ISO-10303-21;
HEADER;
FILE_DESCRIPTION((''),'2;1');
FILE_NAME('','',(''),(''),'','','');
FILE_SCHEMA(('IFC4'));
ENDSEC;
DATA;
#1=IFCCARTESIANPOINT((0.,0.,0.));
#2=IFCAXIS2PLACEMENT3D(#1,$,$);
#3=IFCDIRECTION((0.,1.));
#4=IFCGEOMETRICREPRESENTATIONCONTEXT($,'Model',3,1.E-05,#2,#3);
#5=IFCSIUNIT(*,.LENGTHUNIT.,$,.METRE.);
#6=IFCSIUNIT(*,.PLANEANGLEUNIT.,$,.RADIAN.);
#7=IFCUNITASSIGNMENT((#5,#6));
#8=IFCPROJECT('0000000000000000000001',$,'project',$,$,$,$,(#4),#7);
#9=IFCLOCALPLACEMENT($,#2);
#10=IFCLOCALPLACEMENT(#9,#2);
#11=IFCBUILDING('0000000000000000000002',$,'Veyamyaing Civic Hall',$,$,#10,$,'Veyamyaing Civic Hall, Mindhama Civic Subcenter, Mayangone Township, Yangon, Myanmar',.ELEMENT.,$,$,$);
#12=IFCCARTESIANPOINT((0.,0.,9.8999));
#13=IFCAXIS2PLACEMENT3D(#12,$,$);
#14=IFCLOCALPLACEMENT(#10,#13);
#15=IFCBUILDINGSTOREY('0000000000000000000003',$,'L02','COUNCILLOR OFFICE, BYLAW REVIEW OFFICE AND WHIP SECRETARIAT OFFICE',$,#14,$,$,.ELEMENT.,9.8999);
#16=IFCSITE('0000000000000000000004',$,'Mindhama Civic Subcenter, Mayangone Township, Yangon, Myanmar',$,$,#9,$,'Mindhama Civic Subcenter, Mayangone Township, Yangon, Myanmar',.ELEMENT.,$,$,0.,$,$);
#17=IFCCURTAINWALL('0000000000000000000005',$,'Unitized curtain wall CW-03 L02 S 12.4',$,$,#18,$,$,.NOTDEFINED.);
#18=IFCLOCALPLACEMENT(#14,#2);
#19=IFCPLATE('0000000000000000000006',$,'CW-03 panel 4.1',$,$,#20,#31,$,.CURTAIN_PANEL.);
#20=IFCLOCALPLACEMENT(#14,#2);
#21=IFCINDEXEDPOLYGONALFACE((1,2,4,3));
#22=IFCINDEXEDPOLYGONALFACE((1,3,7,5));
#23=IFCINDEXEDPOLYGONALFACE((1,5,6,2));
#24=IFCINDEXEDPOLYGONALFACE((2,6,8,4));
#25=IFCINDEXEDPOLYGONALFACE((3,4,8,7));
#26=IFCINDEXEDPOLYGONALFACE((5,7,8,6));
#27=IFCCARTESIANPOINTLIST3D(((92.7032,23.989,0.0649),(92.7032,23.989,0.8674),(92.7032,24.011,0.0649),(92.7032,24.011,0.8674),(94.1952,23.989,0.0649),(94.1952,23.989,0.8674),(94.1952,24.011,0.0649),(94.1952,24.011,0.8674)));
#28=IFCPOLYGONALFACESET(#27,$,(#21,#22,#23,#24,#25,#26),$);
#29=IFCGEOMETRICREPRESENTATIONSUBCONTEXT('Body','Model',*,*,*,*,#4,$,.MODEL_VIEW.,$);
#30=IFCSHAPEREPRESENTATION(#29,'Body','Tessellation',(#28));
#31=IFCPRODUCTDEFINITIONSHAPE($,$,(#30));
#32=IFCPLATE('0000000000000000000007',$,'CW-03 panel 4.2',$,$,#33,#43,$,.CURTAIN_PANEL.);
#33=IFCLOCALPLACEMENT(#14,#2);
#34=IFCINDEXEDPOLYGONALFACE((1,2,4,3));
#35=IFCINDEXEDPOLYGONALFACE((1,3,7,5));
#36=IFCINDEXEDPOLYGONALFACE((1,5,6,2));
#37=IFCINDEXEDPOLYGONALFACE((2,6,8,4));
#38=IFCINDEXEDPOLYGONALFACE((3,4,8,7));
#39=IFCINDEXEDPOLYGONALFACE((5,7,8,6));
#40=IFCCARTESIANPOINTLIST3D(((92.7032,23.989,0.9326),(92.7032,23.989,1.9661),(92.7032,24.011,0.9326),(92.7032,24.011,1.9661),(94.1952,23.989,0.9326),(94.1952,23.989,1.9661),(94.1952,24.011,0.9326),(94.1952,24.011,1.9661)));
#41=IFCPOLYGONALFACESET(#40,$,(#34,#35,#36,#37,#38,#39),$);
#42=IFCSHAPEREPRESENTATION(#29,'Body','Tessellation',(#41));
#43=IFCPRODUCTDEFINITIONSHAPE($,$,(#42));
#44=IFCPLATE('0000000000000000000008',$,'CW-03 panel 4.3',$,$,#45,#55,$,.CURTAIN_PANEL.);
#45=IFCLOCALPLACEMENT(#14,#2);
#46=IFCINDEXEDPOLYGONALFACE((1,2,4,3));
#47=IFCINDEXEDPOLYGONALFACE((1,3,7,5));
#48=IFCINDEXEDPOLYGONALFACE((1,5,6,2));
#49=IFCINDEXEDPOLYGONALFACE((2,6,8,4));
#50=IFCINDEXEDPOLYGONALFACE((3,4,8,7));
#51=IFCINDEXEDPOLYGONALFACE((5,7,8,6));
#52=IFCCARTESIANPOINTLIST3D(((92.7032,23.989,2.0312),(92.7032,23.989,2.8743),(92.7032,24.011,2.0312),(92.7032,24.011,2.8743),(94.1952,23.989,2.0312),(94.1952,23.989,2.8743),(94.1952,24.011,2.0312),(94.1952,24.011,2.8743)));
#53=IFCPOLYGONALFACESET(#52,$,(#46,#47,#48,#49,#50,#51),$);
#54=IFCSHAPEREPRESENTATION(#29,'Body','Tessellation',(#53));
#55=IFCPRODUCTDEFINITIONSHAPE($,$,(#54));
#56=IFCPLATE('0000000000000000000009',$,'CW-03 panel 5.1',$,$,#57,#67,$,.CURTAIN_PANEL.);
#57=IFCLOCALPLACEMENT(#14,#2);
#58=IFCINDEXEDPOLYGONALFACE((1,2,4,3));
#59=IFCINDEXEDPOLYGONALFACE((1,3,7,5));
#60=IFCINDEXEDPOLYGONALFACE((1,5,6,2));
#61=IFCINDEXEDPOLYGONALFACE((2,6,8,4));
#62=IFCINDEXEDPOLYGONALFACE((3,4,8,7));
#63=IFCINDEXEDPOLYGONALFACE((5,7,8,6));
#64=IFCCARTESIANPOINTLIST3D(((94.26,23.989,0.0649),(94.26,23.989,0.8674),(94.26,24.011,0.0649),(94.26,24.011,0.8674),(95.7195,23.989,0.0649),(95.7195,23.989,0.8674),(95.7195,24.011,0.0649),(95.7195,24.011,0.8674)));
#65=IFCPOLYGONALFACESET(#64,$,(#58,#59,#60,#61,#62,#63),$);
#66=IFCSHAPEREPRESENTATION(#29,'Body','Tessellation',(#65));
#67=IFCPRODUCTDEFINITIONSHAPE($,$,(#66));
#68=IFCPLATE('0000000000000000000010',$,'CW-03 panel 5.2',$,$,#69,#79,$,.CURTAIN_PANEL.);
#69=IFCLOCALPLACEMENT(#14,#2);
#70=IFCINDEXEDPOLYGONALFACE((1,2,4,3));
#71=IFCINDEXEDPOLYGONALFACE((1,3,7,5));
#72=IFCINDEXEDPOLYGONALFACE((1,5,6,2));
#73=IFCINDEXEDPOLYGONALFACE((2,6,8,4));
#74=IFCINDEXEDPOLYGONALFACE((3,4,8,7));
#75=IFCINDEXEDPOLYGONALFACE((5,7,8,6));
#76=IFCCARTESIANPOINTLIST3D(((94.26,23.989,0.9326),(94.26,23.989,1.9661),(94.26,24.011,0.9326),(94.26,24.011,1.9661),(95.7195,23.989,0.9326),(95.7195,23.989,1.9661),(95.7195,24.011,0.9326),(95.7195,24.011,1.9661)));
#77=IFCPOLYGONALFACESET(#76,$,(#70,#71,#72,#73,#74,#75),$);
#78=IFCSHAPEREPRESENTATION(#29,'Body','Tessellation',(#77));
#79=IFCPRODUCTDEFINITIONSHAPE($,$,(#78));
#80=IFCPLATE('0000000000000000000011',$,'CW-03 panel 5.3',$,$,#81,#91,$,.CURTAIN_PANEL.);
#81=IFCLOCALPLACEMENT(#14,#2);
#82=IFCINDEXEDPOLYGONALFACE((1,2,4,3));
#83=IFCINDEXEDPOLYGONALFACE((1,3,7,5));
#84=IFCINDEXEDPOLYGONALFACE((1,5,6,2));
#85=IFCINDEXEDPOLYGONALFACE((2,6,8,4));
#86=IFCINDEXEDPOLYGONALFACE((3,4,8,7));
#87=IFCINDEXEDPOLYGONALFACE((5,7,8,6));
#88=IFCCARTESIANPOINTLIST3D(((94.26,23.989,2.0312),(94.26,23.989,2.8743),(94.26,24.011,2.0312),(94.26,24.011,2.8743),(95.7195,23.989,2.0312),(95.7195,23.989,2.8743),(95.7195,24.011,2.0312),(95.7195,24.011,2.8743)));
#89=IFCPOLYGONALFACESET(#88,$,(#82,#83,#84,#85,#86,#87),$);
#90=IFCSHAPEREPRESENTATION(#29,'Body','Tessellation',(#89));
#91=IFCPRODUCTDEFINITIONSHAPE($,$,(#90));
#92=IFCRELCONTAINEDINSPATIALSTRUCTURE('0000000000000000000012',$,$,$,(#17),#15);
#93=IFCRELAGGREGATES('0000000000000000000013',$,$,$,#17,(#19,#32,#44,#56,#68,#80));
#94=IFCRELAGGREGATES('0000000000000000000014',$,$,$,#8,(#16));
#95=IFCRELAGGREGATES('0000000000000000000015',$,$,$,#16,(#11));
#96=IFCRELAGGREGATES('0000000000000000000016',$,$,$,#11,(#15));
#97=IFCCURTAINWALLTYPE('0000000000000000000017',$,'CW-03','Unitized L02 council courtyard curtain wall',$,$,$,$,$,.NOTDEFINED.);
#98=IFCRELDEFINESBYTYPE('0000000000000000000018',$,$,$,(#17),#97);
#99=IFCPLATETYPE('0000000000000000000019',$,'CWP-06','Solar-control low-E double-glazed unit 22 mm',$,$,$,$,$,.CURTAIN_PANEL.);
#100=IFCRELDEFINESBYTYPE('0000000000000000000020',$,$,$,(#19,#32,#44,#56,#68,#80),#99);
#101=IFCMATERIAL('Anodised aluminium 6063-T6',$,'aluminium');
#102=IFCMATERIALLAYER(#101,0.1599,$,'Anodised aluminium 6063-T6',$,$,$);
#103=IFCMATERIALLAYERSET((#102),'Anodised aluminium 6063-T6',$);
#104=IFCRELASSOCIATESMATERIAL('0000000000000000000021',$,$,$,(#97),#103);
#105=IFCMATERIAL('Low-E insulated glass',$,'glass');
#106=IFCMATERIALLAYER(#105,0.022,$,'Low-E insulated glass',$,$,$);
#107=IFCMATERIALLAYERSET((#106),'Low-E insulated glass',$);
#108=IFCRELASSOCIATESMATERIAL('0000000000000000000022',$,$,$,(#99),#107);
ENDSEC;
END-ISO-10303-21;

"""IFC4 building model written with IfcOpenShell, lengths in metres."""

from ifc_helpers import new_model, si_unit, direction, frame, origin, origin_2d, place, context, subcontext, project, spatial, rectangle, extrude, material, layer, layer_set, type_object, element, aggregate, save


model = new_model("IFC4")

# Units and contexts
model_context = context("Model", 3, precision=1e-05, world=origin(), true_north=direction((0.0, 1.0)))
body_context = subcontext(model_context, "Body", "Model", "MODEL_VIEW")
ifc_project = project(units=[si_unit("LENGTHUNIT", "METRE"), si_unit("PLANEANGLEUNIT", "RADIAN")], contexts=[model_context])

# Site, building, storey
site_placement = place(None, origin())
site = spatial("IfcSite", under=ifc_project, at=site_placement, Name="Mindhama Civic Subcenter, Mayangone Township, Yangon, Myanmar", LongName="Mindhama Civic Subcenter, Mayangone Township, Yangon, Myanmar", CompositionType="ELEMENT", RefElevation=0.0)
building_placement = place(site_placement, origin())
building = spatial("IfcBuilding", under=site, at=building_placement, Name="Veyamyaing Civic Hall", LongName="Veyamyaing Civic Hall, Mindhama Civic Subcenter, Mayangone Township, Yangon, Myanmar", CompositionType="ELEMENT")
storey_placement = place(building_placement, frame((0.0, 0.0, 9.8999)))
storey = spatial("IfcBuildingStorey", under=building, at=storey_placement, Name="L02", Description="COUNCILLOR OFFICE, BYLAW REVIEW OFFICE AND WHIP SECRETARIAT OFFICE", CompositionType="ELEMENT", Elevation=9.8999)

# Curtain wall, plates
ifc_material_1 = material(Name="Anodised aluminium 6063-T6", Category="aluminium")
ifc_layer_1 = layer(ifc_material_1, 0.1599, Name="Anodised aluminium 6063-T6")
ifc_layer_set_1 = layer_set([ifc_layer_1], Name="Anodised aluminium 6063-T6")
curtain_wall_type = type_object("IfcCurtainWallType", Name="CW-03", Description="Unitized L02 council courtyard curtain wall", PredefinedType="NOTDEFINED", material=ifc_layer_set_1)
curtain_wall_placement = place(storey_placement, origin())
curtain_wall = element("IfcCurtainWall", 1, at=curtain_wall_placement, inside=storey, type_object=curtain_wall_type, Name="Unitized curtain wall CW-03 L02 S 12.4", PredefinedType="NOTDEFINED")
ifc_material_2 = material(Name="Low-E insulated glass", Category="glass")
ifc_layer_2 = layer(ifc_material_2, 0.022, Name="Low-E insulated glass")
ifc_layer_set_2 = layer_set([ifc_layer_2], Name="Low-E insulated glass")
plate_type = type_object("IfcPlateType", Name="CWP-06", Description="Solar-control low-E double-glazed unit 22 mm", PredefinedType="CURTAIN_PANEL", material=ifc_layer_set_2)
plate_1_placement = place(storey_placement, frame((93.4492, 24.0, 0.0649), z_axis=(0.0, 0.0, 1.0), x_axis=(1.0, 0.0, 0.0)))
plate_1 = element("IfcPlate", 2, at=plate_1_placement, type_object=plate_type, Name="CW-03 panel 4.1", PredefinedType="CURTAIN_PANEL", context=body_context, shape_type="SweptSolid", body=[
    extrude(rectangle(XDim=1.4919, YDim=0.022, at=origin_2d()), origin(), (0.0, 0.0, 1.0), 0.8025),
])
plate_2_placement = place(storey_placement, frame((93.4492, 24.0, 0.9326), z_axis=(0.0, 0.0, 1.0), x_axis=(1.0, 0.0, 0.0)))
plate_2 = element("IfcPlate", 3, at=plate_2_placement, type_object=plate_type, Name="CW-03 panel 4.2", PredefinedType="CURTAIN_PANEL", context=body_context, shape_type="SweptSolid", body=[
    extrude(rectangle(XDim=1.4919, YDim=0.022, at=origin_2d()), origin(), (0.0, 0.0, 1.0), 1.0334),
])
plate_3_placement = place(storey_placement, frame((93.4492, 24.0, 2.0312), z_axis=(0.0, 0.0, 1.0), x_axis=(1.0, 0.0, 0.0)))
plate_3 = element("IfcPlate", 4, at=plate_3_placement, type_object=plate_type, Name="CW-03 panel 4.3", PredefinedType="CURTAIN_PANEL", context=body_context, shape_type="SweptSolid", body=[
    extrude(rectangle(XDim=1.4919, YDim=0.022, at=origin_2d()), origin(), (0.0, 0.0, 1.0), 0.843),
])
plate_4_placement = place(storey_placement, frame((94.9897, 24.0, 0.0649), z_axis=(0.0, 0.0, 1.0), x_axis=(1.0, 0.0, 0.0)))
plate_4 = element("IfcPlate", 5, at=plate_4_placement, type_object=plate_type, Name="CW-03 panel 5.1", PredefinedType="CURTAIN_PANEL", context=body_context, shape_type="SweptSolid", body=[
    extrude(rectangle(XDim=1.4595, YDim=0.022, at=origin_2d()), origin(), (0.0, 0.0, 1.0), 0.8025),
])
plate_5_placement = place(storey_placement, frame((94.9897, 24.0, 0.9326), z_axis=(0.0, 0.0, 1.0), x_axis=(1.0, 0.0, 0.0)))
plate_5 = element("IfcPlate", 6, at=plate_5_placement, type_object=plate_type, Name="CW-03 panel 5.2", PredefinedType="CURTAIN_PANEL", context=body_context, shape_type="SweptSolid", body=[
    extrude(rectangle(XDim=1.4595, YDim=0.022, at=origin_2d()), origin(), (0.0, 0.0, 1.0), 1.0334),
])
plate_6_placement = place(storey_placement, frame((94.9897, 24.0, 2.0312), z_axis=(0.0, 0.0, 1.0), x_axis=(1.0, 0.0, 0.0)))
plate_6 = element("IfcPlate", 7, at=plate_6_placement, type_object=plate_type, Name="CW-03 panel 5.3", PredefinedType="CURTAIN_PANEL", context=body_context, shape_type="SweptSolid", body=[
    extrude(rectangle(XDim=1.4595, YDim=0.022, at=origin_2d()), origin(), (0.0, 0.0, 1.0), 0.843),
])
aggregate(curtain_wall, [plate_1, plate_2, plate_3, plate_4, plate_5, plate_6])

save(model, "model.ifc")
